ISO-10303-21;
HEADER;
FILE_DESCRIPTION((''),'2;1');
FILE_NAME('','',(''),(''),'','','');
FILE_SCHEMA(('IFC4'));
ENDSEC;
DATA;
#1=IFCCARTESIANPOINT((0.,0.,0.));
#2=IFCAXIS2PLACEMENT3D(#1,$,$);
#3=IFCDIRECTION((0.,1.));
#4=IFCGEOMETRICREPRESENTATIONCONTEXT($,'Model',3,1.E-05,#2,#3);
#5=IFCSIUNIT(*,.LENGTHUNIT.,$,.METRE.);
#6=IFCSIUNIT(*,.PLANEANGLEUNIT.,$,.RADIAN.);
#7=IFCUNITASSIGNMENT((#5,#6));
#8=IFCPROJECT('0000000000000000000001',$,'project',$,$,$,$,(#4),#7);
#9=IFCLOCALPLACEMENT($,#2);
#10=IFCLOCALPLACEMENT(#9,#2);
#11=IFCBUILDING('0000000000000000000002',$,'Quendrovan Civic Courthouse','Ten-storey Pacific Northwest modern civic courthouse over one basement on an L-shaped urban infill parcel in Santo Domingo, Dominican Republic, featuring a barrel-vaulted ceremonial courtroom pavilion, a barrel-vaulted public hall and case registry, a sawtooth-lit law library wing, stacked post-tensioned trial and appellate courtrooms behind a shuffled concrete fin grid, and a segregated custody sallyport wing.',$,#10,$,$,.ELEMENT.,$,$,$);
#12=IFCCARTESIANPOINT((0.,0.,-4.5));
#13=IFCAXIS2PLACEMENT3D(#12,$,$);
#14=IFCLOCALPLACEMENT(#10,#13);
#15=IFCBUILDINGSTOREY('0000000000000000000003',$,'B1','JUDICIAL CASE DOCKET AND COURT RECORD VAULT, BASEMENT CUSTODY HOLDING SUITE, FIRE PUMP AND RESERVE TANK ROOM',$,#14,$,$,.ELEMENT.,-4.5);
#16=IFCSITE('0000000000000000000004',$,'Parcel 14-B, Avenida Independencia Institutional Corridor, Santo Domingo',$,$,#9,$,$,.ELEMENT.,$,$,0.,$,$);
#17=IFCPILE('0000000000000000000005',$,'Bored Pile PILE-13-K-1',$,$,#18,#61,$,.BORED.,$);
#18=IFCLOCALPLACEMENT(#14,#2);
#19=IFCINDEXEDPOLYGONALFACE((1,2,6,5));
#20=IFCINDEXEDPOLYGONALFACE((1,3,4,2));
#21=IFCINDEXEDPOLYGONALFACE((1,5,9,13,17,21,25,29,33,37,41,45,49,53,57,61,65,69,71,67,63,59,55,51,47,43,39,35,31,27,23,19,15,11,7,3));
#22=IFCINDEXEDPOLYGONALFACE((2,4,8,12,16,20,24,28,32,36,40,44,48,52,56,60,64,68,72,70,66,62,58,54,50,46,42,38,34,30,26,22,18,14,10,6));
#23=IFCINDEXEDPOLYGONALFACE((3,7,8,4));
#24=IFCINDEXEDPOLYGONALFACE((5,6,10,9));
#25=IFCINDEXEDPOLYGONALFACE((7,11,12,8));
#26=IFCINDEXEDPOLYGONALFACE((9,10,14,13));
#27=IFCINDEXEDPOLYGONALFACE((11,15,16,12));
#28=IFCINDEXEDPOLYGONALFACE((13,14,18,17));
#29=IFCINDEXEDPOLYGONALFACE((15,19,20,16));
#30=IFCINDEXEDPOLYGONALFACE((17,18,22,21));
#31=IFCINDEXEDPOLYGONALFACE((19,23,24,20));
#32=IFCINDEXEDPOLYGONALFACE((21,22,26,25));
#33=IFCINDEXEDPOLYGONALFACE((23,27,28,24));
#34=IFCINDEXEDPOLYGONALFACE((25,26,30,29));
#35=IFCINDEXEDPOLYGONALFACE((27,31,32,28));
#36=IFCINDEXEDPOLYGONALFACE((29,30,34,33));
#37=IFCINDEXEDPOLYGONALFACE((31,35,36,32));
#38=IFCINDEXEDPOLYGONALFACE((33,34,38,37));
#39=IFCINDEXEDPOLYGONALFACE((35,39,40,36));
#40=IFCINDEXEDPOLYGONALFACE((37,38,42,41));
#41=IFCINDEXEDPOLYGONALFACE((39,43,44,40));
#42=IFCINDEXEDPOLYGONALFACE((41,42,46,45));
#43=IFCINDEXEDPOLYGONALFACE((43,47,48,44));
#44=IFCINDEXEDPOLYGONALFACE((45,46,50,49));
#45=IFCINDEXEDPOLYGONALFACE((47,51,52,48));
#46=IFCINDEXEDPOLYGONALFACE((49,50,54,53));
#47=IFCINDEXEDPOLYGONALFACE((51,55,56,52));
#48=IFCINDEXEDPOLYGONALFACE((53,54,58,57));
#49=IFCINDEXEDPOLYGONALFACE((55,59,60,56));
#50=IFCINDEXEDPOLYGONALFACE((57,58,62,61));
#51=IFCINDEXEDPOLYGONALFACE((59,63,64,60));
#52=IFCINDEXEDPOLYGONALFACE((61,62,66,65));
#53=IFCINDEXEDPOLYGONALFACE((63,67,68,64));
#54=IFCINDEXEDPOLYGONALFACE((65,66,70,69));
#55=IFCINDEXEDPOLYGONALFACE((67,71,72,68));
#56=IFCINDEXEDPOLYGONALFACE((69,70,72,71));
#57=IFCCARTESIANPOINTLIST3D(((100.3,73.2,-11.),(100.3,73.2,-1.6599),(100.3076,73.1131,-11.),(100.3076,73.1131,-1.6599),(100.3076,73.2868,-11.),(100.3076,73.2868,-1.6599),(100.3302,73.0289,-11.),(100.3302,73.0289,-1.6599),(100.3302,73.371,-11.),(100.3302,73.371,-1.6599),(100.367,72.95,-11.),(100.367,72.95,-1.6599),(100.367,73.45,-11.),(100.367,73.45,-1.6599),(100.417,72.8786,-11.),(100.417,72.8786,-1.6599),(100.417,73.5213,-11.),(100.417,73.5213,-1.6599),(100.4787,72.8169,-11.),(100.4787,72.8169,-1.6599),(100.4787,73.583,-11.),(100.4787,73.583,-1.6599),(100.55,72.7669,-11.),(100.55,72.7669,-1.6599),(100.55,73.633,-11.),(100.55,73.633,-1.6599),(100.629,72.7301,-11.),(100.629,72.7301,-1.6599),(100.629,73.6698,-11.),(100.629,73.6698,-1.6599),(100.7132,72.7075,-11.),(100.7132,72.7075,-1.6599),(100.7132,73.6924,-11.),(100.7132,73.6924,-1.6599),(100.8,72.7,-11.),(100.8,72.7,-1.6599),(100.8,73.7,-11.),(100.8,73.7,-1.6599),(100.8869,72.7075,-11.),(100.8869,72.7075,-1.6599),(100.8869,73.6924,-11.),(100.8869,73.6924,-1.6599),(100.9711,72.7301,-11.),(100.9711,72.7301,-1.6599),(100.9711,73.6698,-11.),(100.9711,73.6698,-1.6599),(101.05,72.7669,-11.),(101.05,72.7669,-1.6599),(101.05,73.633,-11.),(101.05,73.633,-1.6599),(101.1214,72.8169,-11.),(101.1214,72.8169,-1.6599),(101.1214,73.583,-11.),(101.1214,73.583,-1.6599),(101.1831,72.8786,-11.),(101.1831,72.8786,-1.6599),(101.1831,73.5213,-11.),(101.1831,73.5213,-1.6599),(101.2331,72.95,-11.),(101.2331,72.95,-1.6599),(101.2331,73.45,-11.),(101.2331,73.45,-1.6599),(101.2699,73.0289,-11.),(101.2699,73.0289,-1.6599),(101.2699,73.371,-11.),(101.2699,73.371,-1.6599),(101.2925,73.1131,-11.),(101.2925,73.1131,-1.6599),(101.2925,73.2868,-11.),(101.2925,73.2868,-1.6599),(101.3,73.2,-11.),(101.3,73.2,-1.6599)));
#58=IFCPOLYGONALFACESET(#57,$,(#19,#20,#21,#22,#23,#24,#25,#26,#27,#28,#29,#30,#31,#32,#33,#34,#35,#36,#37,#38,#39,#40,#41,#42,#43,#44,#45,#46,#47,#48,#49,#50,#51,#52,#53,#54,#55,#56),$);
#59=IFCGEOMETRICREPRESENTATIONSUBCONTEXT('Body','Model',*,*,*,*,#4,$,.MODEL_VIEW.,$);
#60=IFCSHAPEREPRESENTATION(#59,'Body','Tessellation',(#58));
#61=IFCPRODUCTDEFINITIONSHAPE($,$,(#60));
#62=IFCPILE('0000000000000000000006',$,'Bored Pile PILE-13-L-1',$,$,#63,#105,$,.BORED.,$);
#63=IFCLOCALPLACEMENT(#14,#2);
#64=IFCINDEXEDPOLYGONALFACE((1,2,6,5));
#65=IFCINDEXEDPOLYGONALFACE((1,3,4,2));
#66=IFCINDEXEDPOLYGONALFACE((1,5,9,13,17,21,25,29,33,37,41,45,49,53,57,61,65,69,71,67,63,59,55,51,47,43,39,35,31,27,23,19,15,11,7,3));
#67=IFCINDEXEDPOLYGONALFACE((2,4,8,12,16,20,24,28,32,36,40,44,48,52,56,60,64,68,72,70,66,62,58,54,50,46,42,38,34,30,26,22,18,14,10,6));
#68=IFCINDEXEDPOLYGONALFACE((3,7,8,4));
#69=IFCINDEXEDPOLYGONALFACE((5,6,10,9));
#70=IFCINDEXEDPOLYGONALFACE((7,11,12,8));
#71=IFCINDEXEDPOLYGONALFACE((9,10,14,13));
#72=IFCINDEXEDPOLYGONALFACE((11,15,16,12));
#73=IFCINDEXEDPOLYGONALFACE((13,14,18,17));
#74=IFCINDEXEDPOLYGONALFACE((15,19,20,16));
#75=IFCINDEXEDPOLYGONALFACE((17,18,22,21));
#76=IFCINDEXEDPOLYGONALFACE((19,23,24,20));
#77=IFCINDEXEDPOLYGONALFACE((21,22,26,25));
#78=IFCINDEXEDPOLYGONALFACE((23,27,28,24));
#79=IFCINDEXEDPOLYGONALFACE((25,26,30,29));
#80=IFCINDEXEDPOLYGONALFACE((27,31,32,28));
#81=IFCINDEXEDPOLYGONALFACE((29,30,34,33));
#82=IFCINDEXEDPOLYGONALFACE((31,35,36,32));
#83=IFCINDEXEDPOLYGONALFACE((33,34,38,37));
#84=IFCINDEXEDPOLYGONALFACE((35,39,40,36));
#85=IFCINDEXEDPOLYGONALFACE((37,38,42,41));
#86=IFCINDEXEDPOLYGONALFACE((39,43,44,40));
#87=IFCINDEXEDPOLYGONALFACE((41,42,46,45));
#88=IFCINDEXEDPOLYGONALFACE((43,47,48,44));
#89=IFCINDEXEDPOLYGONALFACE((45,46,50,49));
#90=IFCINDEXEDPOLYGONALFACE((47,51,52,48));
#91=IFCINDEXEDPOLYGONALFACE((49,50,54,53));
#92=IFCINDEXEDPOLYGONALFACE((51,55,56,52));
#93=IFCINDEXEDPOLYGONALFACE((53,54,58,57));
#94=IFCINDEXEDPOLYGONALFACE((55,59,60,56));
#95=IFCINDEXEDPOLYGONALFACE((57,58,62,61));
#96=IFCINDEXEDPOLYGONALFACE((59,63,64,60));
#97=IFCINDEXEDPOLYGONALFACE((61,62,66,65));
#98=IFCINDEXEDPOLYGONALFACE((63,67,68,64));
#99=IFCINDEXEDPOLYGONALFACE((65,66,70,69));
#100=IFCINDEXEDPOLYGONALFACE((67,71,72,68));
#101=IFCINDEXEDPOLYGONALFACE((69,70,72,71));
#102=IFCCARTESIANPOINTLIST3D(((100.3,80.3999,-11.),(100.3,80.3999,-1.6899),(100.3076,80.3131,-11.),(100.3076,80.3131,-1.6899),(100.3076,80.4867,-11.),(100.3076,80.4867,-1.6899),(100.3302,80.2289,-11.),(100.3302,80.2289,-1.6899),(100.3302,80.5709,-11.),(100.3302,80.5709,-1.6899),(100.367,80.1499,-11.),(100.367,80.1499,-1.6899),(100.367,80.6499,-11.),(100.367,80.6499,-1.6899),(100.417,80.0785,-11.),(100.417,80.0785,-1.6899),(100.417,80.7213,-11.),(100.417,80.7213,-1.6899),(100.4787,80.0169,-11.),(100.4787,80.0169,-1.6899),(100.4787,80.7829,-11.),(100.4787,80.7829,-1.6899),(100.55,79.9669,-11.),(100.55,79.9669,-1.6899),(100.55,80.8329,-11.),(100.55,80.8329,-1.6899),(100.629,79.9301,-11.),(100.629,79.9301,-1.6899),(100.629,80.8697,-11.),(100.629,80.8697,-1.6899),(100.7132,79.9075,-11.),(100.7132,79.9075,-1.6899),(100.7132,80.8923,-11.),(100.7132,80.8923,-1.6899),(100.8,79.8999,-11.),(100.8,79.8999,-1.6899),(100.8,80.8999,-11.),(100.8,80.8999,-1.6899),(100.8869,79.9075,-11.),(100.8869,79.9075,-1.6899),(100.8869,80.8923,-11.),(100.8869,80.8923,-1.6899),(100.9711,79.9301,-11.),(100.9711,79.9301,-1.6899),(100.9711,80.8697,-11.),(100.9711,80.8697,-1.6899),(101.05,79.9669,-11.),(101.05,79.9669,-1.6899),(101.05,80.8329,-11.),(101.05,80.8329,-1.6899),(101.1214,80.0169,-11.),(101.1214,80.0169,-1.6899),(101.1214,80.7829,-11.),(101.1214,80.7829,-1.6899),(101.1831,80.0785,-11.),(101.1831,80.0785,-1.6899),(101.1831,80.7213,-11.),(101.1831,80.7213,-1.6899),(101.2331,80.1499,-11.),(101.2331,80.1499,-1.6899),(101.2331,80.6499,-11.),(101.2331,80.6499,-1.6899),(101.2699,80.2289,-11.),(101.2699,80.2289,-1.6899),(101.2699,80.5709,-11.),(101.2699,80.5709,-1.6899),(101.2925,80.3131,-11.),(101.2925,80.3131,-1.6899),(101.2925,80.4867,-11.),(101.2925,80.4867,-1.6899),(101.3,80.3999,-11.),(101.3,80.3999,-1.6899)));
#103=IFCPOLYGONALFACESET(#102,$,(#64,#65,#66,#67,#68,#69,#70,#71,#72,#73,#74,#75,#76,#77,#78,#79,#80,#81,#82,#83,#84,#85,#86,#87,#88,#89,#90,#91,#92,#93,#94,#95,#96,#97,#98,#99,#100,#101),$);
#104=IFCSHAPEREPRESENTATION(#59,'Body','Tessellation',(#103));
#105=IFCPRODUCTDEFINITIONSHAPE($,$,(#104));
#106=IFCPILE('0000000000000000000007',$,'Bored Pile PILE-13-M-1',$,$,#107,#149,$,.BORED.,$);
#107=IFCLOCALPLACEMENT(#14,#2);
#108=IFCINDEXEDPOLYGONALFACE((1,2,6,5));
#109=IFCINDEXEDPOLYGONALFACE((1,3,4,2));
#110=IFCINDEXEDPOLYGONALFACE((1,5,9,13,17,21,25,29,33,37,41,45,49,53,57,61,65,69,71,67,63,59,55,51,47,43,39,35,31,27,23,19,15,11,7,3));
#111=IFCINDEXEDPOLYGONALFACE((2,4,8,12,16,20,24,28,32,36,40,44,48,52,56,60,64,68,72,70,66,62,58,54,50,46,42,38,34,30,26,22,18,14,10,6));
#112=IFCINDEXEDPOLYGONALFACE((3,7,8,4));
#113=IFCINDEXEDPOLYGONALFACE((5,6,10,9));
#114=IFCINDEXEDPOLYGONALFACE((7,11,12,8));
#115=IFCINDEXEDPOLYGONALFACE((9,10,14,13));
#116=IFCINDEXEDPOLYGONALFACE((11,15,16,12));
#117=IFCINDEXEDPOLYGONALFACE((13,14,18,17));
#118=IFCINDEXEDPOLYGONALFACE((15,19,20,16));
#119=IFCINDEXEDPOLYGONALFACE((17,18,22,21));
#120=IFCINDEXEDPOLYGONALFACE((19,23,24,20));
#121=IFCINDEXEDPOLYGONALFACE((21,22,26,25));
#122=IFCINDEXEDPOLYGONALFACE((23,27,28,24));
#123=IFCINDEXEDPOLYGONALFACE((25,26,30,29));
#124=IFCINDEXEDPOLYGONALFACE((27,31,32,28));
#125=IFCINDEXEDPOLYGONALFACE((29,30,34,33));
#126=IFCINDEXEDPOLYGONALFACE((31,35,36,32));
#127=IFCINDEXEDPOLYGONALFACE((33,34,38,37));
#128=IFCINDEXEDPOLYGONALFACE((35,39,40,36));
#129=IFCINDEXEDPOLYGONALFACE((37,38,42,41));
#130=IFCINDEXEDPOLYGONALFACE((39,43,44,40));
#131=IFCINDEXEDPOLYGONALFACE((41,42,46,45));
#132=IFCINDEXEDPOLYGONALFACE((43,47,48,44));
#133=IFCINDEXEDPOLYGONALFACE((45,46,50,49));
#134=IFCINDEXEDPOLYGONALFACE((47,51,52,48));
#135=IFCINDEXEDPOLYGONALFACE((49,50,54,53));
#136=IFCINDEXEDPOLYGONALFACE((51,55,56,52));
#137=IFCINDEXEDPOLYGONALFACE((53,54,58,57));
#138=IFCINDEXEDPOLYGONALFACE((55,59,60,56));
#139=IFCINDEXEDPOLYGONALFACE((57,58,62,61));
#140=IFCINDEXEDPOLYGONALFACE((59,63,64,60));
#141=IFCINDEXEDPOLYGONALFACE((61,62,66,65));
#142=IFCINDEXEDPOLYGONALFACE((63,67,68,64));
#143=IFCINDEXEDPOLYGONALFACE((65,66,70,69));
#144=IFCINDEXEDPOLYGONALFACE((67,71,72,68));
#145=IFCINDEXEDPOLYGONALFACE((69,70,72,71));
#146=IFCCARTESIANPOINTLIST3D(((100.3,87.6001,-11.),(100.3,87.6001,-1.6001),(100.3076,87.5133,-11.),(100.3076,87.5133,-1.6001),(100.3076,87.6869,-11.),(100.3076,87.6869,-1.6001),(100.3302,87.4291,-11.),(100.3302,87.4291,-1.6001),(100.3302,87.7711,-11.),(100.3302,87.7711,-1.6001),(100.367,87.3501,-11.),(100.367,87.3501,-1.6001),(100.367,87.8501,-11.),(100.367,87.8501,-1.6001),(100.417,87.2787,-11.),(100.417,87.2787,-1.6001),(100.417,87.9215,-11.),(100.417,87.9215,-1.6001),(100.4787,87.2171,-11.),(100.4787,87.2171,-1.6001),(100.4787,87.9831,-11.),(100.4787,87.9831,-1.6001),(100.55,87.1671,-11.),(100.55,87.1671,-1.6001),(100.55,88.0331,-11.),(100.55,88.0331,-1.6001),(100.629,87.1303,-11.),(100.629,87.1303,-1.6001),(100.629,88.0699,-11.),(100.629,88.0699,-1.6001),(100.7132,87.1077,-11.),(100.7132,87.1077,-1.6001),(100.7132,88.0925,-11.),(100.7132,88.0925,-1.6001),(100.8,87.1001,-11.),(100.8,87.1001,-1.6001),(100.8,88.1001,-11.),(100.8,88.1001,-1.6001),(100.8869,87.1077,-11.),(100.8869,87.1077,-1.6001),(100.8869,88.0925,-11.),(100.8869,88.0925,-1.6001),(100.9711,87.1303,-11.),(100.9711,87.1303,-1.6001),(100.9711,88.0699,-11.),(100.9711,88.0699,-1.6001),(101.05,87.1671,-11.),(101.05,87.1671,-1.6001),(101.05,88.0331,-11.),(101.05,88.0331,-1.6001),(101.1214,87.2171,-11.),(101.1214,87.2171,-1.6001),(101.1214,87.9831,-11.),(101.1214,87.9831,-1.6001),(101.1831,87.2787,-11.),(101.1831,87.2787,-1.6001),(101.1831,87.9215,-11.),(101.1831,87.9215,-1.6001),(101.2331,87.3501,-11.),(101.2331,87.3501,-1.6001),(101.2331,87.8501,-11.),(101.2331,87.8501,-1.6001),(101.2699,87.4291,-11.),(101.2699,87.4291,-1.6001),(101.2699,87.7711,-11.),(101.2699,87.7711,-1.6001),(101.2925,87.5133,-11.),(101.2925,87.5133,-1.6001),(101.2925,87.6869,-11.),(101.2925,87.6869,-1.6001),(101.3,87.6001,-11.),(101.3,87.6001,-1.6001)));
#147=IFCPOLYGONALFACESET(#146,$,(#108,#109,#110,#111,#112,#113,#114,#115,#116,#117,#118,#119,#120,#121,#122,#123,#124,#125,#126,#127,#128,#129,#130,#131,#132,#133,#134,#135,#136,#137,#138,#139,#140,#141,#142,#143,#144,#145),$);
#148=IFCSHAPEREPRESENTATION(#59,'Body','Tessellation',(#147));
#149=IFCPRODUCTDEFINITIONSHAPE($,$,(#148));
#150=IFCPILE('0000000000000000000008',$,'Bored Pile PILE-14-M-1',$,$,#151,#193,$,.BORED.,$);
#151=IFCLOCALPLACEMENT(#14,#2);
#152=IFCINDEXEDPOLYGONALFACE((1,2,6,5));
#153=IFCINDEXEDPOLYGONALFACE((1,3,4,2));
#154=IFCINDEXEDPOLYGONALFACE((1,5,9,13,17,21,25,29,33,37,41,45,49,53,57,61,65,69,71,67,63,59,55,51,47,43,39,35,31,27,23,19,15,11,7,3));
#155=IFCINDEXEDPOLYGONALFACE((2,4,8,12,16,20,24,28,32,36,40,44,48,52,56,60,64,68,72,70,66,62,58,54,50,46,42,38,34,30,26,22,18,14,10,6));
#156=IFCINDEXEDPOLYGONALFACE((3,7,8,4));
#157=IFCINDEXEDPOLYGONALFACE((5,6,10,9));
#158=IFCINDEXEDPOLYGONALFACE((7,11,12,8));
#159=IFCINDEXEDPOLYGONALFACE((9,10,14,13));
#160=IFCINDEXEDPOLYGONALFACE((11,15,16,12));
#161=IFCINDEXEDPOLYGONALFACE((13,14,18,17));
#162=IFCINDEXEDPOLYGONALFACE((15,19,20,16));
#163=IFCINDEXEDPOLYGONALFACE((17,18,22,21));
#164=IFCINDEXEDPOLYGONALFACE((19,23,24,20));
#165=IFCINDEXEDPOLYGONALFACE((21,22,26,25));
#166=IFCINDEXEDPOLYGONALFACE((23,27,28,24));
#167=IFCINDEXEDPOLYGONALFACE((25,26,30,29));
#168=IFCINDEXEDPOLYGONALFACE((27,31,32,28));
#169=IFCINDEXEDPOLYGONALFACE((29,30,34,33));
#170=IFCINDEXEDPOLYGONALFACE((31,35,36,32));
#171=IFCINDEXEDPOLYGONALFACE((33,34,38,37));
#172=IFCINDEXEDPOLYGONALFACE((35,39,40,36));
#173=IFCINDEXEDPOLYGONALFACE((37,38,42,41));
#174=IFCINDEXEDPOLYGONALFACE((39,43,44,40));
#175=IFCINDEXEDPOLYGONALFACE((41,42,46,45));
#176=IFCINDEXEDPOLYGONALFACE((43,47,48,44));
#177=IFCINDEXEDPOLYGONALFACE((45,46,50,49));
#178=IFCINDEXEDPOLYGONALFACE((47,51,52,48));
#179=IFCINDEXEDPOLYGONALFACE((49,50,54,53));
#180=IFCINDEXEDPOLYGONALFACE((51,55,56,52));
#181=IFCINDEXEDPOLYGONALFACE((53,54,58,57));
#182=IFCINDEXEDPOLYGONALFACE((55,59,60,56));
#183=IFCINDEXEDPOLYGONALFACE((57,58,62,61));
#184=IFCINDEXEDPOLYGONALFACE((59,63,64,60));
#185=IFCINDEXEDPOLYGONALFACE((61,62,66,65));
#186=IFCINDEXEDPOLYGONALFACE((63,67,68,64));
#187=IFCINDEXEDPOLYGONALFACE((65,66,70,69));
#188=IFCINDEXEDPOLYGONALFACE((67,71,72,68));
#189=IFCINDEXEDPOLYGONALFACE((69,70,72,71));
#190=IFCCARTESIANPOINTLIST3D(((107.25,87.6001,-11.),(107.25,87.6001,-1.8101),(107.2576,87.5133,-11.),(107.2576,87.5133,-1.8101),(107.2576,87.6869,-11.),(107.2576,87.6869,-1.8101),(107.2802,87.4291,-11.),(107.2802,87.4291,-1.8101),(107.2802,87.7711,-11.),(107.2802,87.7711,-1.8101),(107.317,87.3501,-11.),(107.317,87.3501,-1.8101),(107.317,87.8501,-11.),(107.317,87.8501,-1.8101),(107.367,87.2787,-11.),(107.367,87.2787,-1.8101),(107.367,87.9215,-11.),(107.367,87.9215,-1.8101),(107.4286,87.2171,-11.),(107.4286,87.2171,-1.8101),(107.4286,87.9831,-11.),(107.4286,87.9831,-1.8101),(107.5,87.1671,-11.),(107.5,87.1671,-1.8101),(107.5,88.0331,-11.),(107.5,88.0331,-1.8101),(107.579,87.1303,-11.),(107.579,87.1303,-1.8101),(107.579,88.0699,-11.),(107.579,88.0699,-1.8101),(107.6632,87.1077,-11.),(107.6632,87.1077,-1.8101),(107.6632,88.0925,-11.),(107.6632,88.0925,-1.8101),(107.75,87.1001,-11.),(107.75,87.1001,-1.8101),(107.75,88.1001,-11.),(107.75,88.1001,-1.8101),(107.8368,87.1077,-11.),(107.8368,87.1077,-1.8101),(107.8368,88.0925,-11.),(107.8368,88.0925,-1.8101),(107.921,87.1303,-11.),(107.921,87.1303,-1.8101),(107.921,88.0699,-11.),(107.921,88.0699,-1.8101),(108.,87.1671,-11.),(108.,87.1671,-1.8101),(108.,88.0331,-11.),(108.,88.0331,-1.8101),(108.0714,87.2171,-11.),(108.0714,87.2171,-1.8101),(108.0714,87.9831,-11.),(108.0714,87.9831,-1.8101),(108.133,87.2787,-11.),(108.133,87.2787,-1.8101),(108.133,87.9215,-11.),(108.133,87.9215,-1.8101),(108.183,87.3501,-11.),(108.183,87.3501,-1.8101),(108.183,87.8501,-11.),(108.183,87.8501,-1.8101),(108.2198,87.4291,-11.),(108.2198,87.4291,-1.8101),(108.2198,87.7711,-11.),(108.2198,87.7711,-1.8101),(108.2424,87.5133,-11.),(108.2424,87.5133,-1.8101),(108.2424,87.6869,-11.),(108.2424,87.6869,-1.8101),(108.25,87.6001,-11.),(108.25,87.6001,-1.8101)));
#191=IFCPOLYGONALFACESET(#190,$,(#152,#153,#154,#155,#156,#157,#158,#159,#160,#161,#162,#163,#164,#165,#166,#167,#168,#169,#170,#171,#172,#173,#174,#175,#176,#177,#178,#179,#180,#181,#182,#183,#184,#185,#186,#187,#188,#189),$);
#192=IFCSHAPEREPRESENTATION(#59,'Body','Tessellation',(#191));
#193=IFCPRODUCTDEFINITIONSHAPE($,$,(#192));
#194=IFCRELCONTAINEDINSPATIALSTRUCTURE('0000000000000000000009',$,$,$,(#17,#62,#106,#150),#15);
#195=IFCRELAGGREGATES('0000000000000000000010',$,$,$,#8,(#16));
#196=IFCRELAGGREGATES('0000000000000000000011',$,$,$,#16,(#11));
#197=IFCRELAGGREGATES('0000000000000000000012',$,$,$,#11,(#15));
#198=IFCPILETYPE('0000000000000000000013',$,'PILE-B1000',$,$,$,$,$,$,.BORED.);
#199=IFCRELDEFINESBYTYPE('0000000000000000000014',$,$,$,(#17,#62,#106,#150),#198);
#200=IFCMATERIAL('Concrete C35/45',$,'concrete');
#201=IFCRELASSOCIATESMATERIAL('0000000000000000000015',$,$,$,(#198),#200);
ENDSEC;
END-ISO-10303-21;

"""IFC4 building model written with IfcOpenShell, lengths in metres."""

from ifc_helpers import new_model, si_unit, direction, frame, origin, origin_2d, place, context, subcontext, project, spatial, circle, extrude, material, material_profile, profile_set, type_object, element, save


model = new_model("IFC4")

# Units and contexts
model_context = context("Model", 3, precision=1e-05, world=origin(), true_north=direction((0.0, 1.0)))
body_context = subcontext(model_context, "Body", "Model", "MODEL_VIEW")
ifc_project = project(units=[si_unit("LENGTHUNIT", "METRE"), si_unit("PLANEANGLEUNIT", "RADIAN")], contexts=[model_context])

# Site, building, storey
site_placement = place(None, origin())
site = spatial("IfcSite", under=ifc_project, at=site_placement, Name="Parcel 14-B, Avenida Independencia Institutional Corridor, Santo Domingo", CompositionType="ELEMENT", RefElevation=0.0)
building_placement = place(site_placement, origin())
building = spatial("IfcBuilding", under=site, at=building_placement, Name="Quendrovan Civic Courthouse", Description="Ten-storey Pacific Northwest modern civic courthouse over one basement on an L-shaped urban infill parcel in Santo Domingo, Dominican Republic, featuring a barrel-vaulted ceremonial courtroom pavilion, a barrel-vaulted public hall and case registry, a sawtooth-lit law library wing, stacked post-tensioned trial and appellate courtrooms behind a shuffled concrete fin grid, and a segregated custody sallyport wing.", CompositionType="ELEMENT")
storey_placement = place(building_placement, frame((0.0, 0.0, -4.5)))
storey = spatial("IfcBuildingStorey", under=building, at=storey_placement, Name="B1", Description="JUDICIAL CASE DOCKET AND COURT RECORD VAULT, BASEMENT CUSTODY HOLDING SUITE, FIRE PUMP AND RESERVE TANK ROOM", CompositionType="ELEMENT", Elevation=-4.5)

# Shared definitions
ifc_material_1 = material(Name="Concrete C35/45", Category="concrete")

# Piles
ifc_material_profile_1 = material_profile(ifc_material_1, circle(Radius=0.5, at=origin_2d()), Name="PILE-D1000")
ifc_profile_set_1 = profile_set([ifc_material_profile_1], Name="Concrete C35/45")
pile_type = type_object("IfcPileType", Name="PILE-B1000", PredefinedType="BORED", material=ifc_profile_set_1)
pile_1_placement = place(storey_placement, frame((100.8, 73.2, -1.6599), z_axis=(0.0, 0.0, -1.0), x_axis=(1.0, 0.0, 0.0)))
element("IfcPile", 1, at=pile_1_placement, inside=storey, type_object=pile_type, Name="Bored Pile PILE-13-K-1", PredefinedType="BORED", context=body_context, shape_type="SweptSolid", body=[
    extrude(circle(Radius=0.5, at=origin_2d()), origin(), (0.0, 0.0, 1.0), 9.3401),
])
pile_2_placement = place(storey_placement, frame((100.8, 80.3999, -1.6899), z_axis=(0.0, 0.0, -1.0), x_axis=(1.0, 0.0, 0.0)))
element("IfcPile", 2, at=pile_2_placement, inside=storey, type_object=pile_type, Name="Bored Pile PILE-13-L-1", PredefinedType="BORED", context=body_context, shape_type="SweptSolid", body=[
    extrude(circle(Radius=0.5, at=origin_2d()), origin(), (0.0, 0.0, 1.0), 9.3101),
])
pile_3_placement = place(storey_placement, frame((100.8, 87.6001, -1.6001), z_axis=(0.0, 0.0, -1.0), x_axis=(1.0, 0.0, 0.0)))
element("IfcPile", 3, at=pile_3_placement, inside=storey, type_object=pile_type, Name="Bored Pile PILE-13-M-1", PredefinedType="BORED", context=body_context, shape_type="SweptSolid", body=[
    extrude(circle(Radius=0.5, at=origin_2d()), origin(), (0.0, 0.0, 1.0), 9.3999),
])
pile_4_placement = place(storey_placement, frame((107.75, 87.6001, -1.8101), z_axis=(0.0, 0.0, -1.0), x_axis=(1.0, 0.0, 0.0)))
element("IfcPile", 4, at=pile_4_placement, inside=storey, type_object=pile_type, Name="Bored Pile PILE-14-M-1", PredefinedType="BORED", context=body_context, shape_type="SweptSolid", body=[
    extrude(circle(Radius=0.5, at=origin_2d()), origin(), (0.0, 0.0, 1.0), 9.1899),
])

save(model, "model.ifc")
